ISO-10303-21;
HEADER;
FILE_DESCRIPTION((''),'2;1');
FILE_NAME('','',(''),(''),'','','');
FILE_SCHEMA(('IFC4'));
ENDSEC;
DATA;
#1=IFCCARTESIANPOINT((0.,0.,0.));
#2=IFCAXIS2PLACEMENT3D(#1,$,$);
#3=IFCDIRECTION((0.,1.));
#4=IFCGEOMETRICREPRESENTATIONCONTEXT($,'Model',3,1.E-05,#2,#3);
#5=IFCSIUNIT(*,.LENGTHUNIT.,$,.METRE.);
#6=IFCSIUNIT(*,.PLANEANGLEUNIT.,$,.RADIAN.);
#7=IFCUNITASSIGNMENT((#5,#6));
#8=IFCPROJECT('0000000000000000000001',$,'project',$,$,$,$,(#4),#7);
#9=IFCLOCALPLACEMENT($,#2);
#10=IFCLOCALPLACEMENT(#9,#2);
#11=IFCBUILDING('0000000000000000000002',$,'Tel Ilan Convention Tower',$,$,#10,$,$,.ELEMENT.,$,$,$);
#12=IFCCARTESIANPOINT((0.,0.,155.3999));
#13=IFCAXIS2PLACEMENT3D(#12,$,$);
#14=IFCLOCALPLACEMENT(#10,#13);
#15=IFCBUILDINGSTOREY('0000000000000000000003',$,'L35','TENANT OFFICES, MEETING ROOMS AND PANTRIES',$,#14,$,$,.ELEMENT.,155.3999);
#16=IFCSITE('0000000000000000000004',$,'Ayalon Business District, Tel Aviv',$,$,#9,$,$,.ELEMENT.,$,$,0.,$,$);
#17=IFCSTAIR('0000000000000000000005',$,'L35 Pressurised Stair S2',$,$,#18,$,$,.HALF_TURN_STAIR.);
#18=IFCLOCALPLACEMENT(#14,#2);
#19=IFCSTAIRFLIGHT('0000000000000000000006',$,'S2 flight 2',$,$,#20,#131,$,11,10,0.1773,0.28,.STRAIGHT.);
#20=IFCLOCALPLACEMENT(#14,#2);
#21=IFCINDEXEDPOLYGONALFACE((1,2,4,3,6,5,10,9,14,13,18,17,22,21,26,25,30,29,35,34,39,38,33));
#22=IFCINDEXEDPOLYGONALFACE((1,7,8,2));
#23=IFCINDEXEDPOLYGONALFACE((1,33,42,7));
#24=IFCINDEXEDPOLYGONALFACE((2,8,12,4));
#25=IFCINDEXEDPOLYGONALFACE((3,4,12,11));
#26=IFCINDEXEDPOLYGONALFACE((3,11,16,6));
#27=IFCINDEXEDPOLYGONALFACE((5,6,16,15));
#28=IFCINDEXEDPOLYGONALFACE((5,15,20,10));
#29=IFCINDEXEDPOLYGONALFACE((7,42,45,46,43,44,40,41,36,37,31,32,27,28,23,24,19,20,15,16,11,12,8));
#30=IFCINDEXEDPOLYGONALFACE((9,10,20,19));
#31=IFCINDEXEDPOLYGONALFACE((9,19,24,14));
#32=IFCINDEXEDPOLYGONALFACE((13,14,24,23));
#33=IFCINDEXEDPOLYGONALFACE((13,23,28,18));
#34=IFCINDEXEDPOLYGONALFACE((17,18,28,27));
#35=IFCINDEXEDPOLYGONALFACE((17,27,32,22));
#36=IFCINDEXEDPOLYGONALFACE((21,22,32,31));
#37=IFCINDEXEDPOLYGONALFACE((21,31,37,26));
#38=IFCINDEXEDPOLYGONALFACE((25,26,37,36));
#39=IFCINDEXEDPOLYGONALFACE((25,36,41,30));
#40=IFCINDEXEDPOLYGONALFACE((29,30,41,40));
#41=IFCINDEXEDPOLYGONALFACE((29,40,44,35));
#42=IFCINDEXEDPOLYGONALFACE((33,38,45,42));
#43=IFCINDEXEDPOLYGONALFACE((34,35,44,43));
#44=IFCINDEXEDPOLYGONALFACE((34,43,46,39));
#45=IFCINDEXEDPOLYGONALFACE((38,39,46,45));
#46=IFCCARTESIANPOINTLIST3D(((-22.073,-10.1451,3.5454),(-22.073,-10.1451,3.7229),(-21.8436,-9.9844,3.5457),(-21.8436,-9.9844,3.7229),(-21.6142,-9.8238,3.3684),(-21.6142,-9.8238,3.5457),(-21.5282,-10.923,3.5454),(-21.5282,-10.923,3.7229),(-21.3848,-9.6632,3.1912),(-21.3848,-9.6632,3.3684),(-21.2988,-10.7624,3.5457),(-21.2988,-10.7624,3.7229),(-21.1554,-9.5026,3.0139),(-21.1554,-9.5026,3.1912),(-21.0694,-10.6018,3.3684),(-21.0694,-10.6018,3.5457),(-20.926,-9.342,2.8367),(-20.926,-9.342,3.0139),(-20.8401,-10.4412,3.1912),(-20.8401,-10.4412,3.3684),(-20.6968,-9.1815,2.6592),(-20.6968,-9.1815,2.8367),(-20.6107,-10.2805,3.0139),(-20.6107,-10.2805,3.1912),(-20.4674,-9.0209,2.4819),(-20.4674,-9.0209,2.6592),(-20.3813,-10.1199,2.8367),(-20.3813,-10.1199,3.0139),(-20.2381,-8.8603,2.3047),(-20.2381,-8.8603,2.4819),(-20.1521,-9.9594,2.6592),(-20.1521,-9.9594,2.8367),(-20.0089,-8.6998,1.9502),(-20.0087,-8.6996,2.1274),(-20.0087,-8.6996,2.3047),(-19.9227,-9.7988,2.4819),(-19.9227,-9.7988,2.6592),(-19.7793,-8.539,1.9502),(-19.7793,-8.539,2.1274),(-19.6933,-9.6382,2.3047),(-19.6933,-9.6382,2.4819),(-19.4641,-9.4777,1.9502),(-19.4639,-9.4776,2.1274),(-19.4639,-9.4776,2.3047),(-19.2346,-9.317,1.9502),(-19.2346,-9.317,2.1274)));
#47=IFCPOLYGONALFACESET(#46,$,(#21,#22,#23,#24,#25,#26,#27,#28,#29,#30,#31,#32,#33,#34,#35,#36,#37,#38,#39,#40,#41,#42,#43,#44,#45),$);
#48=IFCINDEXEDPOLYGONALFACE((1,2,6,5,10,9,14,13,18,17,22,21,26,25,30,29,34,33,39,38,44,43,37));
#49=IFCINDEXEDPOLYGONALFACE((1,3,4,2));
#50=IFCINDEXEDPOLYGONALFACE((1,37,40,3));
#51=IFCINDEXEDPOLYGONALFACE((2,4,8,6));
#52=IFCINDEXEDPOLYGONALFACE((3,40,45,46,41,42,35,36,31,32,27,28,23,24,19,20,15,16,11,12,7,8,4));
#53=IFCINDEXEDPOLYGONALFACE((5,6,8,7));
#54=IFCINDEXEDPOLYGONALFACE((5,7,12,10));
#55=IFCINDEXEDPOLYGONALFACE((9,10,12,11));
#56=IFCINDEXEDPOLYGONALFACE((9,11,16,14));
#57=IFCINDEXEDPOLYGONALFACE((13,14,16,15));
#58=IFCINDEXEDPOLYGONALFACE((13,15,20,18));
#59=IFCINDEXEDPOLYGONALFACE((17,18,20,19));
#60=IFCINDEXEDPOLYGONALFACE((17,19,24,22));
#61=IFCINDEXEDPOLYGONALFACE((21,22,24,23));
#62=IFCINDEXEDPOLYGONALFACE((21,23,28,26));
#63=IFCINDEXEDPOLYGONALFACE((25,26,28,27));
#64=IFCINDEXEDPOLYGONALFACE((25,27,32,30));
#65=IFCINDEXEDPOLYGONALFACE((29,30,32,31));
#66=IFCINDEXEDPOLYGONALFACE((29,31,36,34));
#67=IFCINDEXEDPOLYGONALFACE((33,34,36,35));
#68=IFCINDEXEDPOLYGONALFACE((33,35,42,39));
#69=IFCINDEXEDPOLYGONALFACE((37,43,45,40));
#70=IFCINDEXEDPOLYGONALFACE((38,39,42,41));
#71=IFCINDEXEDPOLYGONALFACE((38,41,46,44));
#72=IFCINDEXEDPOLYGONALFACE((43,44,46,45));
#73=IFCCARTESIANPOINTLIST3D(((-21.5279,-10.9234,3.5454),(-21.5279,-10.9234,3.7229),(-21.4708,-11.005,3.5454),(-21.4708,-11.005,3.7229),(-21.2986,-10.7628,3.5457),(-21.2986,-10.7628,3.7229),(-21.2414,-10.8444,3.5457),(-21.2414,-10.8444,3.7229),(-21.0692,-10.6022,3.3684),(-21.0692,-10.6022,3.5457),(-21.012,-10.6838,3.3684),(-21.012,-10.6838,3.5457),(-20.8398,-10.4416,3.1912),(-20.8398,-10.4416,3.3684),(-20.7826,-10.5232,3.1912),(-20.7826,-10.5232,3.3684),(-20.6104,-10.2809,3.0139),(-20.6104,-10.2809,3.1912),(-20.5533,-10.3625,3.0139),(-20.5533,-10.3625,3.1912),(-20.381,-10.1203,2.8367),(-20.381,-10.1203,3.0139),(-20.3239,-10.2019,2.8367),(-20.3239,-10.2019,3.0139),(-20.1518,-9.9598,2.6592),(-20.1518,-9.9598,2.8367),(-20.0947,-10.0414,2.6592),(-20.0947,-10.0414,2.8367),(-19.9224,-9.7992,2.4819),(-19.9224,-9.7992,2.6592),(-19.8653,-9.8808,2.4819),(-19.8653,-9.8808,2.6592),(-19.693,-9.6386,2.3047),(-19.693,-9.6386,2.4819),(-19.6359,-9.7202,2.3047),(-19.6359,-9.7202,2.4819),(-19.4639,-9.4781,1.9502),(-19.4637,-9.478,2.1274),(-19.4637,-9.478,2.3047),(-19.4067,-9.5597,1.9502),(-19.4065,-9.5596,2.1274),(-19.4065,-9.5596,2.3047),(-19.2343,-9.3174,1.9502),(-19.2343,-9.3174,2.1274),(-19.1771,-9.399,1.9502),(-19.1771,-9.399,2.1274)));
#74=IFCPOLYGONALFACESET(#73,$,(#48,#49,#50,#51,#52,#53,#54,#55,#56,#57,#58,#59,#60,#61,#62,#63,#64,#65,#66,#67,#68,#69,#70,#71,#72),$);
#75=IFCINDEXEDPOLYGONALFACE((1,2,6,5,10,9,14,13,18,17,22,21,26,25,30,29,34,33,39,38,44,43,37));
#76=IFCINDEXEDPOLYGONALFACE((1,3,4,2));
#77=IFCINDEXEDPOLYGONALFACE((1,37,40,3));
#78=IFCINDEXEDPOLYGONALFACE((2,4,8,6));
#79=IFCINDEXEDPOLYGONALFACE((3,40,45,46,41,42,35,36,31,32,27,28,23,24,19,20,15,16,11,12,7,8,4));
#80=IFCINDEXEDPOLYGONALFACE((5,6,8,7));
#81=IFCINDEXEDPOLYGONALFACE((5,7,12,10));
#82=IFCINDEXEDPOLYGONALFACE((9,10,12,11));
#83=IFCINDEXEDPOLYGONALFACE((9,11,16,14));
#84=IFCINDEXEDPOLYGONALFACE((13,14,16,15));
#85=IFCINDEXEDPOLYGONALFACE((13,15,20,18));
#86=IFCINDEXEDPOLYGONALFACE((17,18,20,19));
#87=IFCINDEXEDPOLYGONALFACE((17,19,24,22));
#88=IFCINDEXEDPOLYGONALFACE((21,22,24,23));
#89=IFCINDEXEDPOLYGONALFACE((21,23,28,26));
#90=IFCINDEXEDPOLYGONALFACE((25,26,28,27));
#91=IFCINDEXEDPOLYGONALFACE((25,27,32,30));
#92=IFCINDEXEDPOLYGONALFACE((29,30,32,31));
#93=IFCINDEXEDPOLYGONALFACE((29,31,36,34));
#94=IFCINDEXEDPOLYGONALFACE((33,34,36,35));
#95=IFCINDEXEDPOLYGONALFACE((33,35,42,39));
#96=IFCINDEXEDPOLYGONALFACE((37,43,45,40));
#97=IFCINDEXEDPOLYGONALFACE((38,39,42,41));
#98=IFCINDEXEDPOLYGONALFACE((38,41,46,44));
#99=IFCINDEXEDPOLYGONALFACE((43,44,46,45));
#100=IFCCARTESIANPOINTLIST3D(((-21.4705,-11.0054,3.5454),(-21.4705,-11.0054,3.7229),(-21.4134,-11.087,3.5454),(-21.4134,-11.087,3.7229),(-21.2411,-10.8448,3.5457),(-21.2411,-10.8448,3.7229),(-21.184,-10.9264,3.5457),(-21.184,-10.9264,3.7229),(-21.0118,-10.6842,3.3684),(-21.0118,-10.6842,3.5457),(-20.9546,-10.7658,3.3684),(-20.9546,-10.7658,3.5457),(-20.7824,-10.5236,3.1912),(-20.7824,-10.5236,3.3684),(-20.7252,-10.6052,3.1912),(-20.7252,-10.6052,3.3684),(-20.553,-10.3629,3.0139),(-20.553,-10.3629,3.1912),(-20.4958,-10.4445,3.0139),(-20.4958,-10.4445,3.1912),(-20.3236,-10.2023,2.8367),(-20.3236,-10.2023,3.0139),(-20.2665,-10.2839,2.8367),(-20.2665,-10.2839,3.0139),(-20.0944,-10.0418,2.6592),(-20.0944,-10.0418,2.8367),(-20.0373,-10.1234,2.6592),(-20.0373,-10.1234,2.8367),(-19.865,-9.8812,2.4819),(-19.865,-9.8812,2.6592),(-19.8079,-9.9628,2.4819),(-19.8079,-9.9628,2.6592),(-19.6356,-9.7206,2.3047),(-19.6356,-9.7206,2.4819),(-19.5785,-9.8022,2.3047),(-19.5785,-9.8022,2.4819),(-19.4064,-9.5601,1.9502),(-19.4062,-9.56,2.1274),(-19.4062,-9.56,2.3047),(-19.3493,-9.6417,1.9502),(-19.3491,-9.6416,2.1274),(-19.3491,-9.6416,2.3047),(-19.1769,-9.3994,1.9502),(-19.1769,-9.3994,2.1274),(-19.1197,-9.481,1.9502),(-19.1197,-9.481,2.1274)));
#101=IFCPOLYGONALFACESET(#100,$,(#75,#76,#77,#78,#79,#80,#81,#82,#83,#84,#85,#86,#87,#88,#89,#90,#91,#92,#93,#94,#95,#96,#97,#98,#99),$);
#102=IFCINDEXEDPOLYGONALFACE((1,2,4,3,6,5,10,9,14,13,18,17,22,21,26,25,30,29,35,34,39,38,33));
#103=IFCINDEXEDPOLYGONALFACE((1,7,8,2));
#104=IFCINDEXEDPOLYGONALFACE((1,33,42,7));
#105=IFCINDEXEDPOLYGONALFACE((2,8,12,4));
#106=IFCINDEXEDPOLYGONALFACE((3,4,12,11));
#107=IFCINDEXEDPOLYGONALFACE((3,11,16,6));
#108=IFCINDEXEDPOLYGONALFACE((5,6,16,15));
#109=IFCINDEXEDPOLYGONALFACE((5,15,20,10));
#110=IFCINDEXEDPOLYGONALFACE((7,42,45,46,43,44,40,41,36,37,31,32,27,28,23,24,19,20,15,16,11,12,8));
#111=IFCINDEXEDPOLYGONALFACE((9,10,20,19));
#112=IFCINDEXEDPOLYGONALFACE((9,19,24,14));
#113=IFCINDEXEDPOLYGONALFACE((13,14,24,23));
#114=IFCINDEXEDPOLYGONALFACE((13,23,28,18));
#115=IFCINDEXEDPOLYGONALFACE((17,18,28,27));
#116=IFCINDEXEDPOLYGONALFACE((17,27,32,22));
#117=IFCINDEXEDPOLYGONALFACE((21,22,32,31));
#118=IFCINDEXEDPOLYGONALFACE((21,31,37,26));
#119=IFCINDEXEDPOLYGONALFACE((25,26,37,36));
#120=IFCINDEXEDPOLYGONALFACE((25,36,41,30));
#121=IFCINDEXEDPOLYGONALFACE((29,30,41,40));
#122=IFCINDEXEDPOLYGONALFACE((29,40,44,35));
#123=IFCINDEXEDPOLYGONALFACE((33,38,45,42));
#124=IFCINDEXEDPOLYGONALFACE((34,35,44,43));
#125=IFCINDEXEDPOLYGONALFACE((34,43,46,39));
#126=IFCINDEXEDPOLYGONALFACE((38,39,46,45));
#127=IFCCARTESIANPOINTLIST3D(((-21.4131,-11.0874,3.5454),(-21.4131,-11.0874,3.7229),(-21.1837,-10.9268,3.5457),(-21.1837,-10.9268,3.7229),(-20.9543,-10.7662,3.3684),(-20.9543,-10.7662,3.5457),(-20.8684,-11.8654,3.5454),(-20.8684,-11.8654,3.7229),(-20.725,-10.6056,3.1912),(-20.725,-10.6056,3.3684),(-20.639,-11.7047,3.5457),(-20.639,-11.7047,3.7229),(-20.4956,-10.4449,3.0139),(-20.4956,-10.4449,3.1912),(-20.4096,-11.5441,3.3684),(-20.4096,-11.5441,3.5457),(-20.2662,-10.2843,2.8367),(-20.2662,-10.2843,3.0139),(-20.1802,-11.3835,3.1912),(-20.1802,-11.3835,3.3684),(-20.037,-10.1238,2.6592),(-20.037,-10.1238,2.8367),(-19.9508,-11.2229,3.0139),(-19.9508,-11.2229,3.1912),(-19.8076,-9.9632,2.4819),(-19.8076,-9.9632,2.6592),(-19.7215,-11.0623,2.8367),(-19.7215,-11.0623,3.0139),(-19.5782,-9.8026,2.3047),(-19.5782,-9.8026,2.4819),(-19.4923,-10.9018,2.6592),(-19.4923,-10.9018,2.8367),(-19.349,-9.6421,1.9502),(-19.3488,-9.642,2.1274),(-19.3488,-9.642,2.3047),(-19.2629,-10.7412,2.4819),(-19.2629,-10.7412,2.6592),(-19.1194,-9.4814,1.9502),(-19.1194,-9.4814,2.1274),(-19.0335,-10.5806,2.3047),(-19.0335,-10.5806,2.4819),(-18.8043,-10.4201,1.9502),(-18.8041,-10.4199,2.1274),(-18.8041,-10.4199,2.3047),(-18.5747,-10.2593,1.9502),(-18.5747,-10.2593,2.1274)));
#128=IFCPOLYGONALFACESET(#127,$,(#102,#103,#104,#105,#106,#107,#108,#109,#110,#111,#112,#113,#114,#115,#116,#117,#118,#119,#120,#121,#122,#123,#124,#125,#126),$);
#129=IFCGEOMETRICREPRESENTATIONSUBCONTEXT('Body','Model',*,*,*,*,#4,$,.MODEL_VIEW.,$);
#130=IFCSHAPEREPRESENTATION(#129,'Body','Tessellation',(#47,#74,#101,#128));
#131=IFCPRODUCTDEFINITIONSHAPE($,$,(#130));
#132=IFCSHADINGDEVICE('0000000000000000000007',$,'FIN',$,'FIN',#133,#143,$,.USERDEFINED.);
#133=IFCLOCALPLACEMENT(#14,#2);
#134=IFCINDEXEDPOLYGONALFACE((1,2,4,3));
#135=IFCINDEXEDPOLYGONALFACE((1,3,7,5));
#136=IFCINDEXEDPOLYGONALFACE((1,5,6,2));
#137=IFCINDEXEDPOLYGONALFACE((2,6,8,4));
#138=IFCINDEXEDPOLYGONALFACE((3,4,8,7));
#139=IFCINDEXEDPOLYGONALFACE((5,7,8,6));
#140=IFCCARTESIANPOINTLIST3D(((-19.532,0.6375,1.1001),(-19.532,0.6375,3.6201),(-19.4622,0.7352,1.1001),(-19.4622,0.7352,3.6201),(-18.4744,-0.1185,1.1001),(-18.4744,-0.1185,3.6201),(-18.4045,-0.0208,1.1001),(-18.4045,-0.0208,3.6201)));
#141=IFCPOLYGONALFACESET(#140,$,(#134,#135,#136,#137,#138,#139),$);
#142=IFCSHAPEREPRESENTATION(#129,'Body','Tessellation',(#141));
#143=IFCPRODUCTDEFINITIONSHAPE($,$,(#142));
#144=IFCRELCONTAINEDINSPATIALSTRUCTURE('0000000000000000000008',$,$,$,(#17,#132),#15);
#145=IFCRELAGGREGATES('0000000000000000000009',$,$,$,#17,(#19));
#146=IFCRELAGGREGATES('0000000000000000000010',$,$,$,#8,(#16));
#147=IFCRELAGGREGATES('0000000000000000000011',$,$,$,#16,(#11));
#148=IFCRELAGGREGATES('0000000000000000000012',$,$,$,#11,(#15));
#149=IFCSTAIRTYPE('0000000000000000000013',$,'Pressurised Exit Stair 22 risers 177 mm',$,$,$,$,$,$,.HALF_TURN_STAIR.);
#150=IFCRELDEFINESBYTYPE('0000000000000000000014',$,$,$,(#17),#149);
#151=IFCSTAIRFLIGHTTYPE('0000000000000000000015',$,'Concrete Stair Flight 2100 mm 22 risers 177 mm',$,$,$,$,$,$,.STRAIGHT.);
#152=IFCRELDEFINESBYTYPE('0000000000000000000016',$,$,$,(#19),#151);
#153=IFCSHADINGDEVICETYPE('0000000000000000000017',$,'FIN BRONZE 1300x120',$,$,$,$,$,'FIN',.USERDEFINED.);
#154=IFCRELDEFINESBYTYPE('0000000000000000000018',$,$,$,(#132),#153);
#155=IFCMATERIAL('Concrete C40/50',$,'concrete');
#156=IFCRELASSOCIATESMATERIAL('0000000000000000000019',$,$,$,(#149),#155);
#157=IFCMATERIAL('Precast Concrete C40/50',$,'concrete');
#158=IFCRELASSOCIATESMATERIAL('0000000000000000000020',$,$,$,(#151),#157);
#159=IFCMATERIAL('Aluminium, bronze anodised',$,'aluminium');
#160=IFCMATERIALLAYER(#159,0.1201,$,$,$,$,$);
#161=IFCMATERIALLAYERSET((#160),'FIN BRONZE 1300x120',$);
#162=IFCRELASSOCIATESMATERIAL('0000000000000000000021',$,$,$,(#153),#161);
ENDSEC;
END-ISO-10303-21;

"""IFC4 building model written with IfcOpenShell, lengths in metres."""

from ifc_helpers import new_model, si_unit, direction, frame, origin, origin_2d, place, context, subcontext, project, spatial, polyline, rectangle, outline, extrude, material, layer, layer_set, type_object, element, aggregate, save


model = new_model("IFC4")

# Units and contexts
model_context = context("Model", 3, precision=1e-05, world=origin(), true_north=direction((0.0, 1.0)))
body_context = subcontext(model_context, "Body", "Model", "MODEL_VIEW")
ifc_project = project(units=[si_unit("LENGTHUNIT", "METRE"), si_unit("PLANEANGLEUNIT", "RADIAN")], contexts=[model_context])

# Site, building, storey
site_placement = place(None, origin())
site = spatial("IfcSite", under=ifc_project, at=site_placement, Name="Ayalon Business District, Tel Aviv", CompositionType="ELEMENT", RefElevation=0.0)
building_placement = place(site_placement, origin())
building = spatial("IfcBuilding", under=site, at=building_placement, Name="Tel Ilan Convention Tower", CompositionType="ELEMENT")
storey_placement = place(building_placement, frame((0.0, 0.0, 155.3999)))
storey = spatial("IfcBuildingStorey", under=building, at=storey_placement, Name="L35", Description="TENANT OFFICES, MEETING ROOMS AND PANTRIES", CompositionType="ELEMENT", Elevation=155.3999)

# Stair, stair flight
ifc_material_1 = material(Name="Concrete C40/50", Category="concrete")
stair_type = type_object("IfcStairType", Name="Pressurised Exit Stair 22 risers 177 mm", PredefinedType="HALF_TURN_STAIR", material=ifc_material_1)
ifc_material_2 = material(Name="Precast Concrete C40/50", Category="concrete")
stair_flight_type = type_object("IfcStairFlightType", Name="Concrete Stair Flight 2100 mm 22 risers 177 mm", PredefinedType="STRAIGHT", material=ifc_material_2)
stair_1_placement = place(storey_placement, origin())
stair_1 = element("IfcStair", 1, at=stair_1_placement, inside=storey, type_object=stair_type, Name="L35 Pressurised Stair S2", PredefinedType="HALF_TURN_STAIR")
stair_flight_1_placement = place(storey_placement, frame((-19.177, -9.3992, 1.9502), z_axis=(0.0, 0.0, 1.0), x_axis=(-0.819152, -0.573576, 0.0)))
stair_flight_1 = element("IfcStairFlight", 2, at=stair_flight_1_placement, type_object=stair_flight_type, Name="S2 flight 2", NumberOfRisers=11, NumberOfTreads=10, PredefinedType="STRAIGHT", RiserHeight=0.1773, TreadLength=0.28, context=body_context, shape_type="SweptSolid", body=[
    extrude(outline(polyline([(0.0, 0.0), (0.0, 0.1772), (0.28, 0.1772), (0.28, 0.3545), (0.5601, 0.3545), (0.5601, 0.5317), (0.8401, 0.5317), (0.8401, 0.709), (1.1201, 0.709), (1.1201, 0.8865), (1.3999, 0.8865), (1.3999, 1.0637), (1.6799, 1.0637), (1.6799, 1.241), (1.96, 1.241), (1.96, 1.4182), (2.24, 1.4182), (2.24, 1.5955), (2.52, 1.5955), (2.52, 1.7727), (2.8, 1.7727), (2.8, 1.95), (2.8, 1.5952), (0.2803, 0.0), (0.0, 0.0)])), frame((0.0, -0.1003, 0.0), z_axis=(0.0, -1.0, 0.0), x_axis=(1.0, 0.0, 0.0)), (0.0, 0.0, 1.0), 0.9497),
    extrude(outline(polyline([(0.0, 0.0), (0.0, 0.1772), (0.28, 0.1772), (0.28, 0.3545), (0.5601, 0.3545), (0.5601, 0.5317), (0.8401, 0.5317), (0.8401, 0.709), (1.1201, 0.709), (1.1201, 0.8865), (1.3999, 0.8865), (1.3999, 1.0637), (1.6799, 1.0637), (1.6799, 1.241), (1.96, 1.241), (1.96, 1.4182), (2.24, 1.4182), (2.24, 1.5955), (2.52, 1.5955), (2.52, 1.7727), (2.8, 1.7727), (2.8, 1.95), (2.8, 1.5952), (0.2803, 0.0), (0.0, 0.0)])), frame((0.0, -0.0002, 0.0), z_axis=(0.0, -1.0, 0.0), x_axis=(1.0, 0.0, 0.0)), (0.0, 0.0, 1.0), 0.0996),
    extrude(outline(polyline([(0.0, 0.0), (0.0, 0.1772), (0.28, 0.1772), (0.28, 0.3545), (0.5601, 0.3545), (0.5601, 0.5317), (0.8401, 0.5317), (0.8401, 0.709), (1.1201, 0.709), (1.1201, 0.8865), (1.3999, 0.8865), (1.3999, 1.0637), (1.6799, 1.0637), (1.6799, 1.241), (1.96, 1.241), (1.96, 1.4182), (2.24, 1.4182), (2.24, 1.5955), (2.52, 1.5955), (2.52, 1.7727), (2.8, 1.7727), (2.8, 1.95), (2.8, 1.5952), (0.2803, 0.0), (0.0, 0.0)])), frame((0.0, 0.0999, 0.0), z_axis=(0.0, -1.0, 0.0), x_axis=(1.0, 0.0, 0.0)), (0.0, 0.0, 1.0), 0.0996),
    extrude(outline(polyline([(0.0, 0.0), (0.0, 0.1772), (0.28, 0.1772), (0.28, 0.3545), (0.5601, 0.3545), (0.5601, 0.5317), (0.8401, 0.5317), (0.8401, 0.709), (1.1201, 0.709), (1.1201, 0.8865), (1.3999, 0.8865), (1.3999, 1.0637), (1.6799, 1.0637), (1.6799, 1.241), (1.96, 1.241), (1.96, 1.4182), (2.24, 1.4182), (2.24, 1.5955), (2.52, 1.5955), (2.52, 1.7727), (2.8, 1.7727), (2.8, 1.95), (2.8, 1.5952), (0.2803, 0.0), (0.0, 0.0)])), frame((0.0, 1.05, 0.0), z_axis=(0.0, -1.0, 0.0), x_axis=(1.0, 0.0, 0.0)), (0.0, 0.0, 1.0), 0.9497),
])
aggregate(stair_1, [stair_flight_1])

# Shading device
ifc_material_3 = material(Name="Aluminium, bronze anodised", Category="aluminium")
ifc_layer_1 = layer(ifc_material_3, 0.1201)
ifc_layer_set_1 = layer_set([ifc_layer_1], Name="FIN BRONZE 1300x120")
shading_device_type = type_object("IfcShadingDeviceType", Name="FIN BRONZE 1300x120", ElementType="FIN", PredefinedType="USERDEFINED", material=ifc_layer_set_1)
shading_device_placement = place(storey_placement, frame((-18.9683, 0.3083, 1.1001), z_axis=(0.0, 0.0, 1.0), x_axis=(-0.813552, 0.581492, 0.0)))
element("IfcShadingDevice", 3, at=shading_device_placement, inside=storey, type_object=shading_device_type, Name="FIN", ObjectType="FIN", PredefinedType="USERDEFINED", context=body_context, shape_type="SweptSolid", body=[
    extrude(rectangle(XDim=1.3, YDim=0.1201, at=origin_2d()), origin(), (0.0, 0.0, 1.0), 2.52),
])

save(model, "model.ifc")
